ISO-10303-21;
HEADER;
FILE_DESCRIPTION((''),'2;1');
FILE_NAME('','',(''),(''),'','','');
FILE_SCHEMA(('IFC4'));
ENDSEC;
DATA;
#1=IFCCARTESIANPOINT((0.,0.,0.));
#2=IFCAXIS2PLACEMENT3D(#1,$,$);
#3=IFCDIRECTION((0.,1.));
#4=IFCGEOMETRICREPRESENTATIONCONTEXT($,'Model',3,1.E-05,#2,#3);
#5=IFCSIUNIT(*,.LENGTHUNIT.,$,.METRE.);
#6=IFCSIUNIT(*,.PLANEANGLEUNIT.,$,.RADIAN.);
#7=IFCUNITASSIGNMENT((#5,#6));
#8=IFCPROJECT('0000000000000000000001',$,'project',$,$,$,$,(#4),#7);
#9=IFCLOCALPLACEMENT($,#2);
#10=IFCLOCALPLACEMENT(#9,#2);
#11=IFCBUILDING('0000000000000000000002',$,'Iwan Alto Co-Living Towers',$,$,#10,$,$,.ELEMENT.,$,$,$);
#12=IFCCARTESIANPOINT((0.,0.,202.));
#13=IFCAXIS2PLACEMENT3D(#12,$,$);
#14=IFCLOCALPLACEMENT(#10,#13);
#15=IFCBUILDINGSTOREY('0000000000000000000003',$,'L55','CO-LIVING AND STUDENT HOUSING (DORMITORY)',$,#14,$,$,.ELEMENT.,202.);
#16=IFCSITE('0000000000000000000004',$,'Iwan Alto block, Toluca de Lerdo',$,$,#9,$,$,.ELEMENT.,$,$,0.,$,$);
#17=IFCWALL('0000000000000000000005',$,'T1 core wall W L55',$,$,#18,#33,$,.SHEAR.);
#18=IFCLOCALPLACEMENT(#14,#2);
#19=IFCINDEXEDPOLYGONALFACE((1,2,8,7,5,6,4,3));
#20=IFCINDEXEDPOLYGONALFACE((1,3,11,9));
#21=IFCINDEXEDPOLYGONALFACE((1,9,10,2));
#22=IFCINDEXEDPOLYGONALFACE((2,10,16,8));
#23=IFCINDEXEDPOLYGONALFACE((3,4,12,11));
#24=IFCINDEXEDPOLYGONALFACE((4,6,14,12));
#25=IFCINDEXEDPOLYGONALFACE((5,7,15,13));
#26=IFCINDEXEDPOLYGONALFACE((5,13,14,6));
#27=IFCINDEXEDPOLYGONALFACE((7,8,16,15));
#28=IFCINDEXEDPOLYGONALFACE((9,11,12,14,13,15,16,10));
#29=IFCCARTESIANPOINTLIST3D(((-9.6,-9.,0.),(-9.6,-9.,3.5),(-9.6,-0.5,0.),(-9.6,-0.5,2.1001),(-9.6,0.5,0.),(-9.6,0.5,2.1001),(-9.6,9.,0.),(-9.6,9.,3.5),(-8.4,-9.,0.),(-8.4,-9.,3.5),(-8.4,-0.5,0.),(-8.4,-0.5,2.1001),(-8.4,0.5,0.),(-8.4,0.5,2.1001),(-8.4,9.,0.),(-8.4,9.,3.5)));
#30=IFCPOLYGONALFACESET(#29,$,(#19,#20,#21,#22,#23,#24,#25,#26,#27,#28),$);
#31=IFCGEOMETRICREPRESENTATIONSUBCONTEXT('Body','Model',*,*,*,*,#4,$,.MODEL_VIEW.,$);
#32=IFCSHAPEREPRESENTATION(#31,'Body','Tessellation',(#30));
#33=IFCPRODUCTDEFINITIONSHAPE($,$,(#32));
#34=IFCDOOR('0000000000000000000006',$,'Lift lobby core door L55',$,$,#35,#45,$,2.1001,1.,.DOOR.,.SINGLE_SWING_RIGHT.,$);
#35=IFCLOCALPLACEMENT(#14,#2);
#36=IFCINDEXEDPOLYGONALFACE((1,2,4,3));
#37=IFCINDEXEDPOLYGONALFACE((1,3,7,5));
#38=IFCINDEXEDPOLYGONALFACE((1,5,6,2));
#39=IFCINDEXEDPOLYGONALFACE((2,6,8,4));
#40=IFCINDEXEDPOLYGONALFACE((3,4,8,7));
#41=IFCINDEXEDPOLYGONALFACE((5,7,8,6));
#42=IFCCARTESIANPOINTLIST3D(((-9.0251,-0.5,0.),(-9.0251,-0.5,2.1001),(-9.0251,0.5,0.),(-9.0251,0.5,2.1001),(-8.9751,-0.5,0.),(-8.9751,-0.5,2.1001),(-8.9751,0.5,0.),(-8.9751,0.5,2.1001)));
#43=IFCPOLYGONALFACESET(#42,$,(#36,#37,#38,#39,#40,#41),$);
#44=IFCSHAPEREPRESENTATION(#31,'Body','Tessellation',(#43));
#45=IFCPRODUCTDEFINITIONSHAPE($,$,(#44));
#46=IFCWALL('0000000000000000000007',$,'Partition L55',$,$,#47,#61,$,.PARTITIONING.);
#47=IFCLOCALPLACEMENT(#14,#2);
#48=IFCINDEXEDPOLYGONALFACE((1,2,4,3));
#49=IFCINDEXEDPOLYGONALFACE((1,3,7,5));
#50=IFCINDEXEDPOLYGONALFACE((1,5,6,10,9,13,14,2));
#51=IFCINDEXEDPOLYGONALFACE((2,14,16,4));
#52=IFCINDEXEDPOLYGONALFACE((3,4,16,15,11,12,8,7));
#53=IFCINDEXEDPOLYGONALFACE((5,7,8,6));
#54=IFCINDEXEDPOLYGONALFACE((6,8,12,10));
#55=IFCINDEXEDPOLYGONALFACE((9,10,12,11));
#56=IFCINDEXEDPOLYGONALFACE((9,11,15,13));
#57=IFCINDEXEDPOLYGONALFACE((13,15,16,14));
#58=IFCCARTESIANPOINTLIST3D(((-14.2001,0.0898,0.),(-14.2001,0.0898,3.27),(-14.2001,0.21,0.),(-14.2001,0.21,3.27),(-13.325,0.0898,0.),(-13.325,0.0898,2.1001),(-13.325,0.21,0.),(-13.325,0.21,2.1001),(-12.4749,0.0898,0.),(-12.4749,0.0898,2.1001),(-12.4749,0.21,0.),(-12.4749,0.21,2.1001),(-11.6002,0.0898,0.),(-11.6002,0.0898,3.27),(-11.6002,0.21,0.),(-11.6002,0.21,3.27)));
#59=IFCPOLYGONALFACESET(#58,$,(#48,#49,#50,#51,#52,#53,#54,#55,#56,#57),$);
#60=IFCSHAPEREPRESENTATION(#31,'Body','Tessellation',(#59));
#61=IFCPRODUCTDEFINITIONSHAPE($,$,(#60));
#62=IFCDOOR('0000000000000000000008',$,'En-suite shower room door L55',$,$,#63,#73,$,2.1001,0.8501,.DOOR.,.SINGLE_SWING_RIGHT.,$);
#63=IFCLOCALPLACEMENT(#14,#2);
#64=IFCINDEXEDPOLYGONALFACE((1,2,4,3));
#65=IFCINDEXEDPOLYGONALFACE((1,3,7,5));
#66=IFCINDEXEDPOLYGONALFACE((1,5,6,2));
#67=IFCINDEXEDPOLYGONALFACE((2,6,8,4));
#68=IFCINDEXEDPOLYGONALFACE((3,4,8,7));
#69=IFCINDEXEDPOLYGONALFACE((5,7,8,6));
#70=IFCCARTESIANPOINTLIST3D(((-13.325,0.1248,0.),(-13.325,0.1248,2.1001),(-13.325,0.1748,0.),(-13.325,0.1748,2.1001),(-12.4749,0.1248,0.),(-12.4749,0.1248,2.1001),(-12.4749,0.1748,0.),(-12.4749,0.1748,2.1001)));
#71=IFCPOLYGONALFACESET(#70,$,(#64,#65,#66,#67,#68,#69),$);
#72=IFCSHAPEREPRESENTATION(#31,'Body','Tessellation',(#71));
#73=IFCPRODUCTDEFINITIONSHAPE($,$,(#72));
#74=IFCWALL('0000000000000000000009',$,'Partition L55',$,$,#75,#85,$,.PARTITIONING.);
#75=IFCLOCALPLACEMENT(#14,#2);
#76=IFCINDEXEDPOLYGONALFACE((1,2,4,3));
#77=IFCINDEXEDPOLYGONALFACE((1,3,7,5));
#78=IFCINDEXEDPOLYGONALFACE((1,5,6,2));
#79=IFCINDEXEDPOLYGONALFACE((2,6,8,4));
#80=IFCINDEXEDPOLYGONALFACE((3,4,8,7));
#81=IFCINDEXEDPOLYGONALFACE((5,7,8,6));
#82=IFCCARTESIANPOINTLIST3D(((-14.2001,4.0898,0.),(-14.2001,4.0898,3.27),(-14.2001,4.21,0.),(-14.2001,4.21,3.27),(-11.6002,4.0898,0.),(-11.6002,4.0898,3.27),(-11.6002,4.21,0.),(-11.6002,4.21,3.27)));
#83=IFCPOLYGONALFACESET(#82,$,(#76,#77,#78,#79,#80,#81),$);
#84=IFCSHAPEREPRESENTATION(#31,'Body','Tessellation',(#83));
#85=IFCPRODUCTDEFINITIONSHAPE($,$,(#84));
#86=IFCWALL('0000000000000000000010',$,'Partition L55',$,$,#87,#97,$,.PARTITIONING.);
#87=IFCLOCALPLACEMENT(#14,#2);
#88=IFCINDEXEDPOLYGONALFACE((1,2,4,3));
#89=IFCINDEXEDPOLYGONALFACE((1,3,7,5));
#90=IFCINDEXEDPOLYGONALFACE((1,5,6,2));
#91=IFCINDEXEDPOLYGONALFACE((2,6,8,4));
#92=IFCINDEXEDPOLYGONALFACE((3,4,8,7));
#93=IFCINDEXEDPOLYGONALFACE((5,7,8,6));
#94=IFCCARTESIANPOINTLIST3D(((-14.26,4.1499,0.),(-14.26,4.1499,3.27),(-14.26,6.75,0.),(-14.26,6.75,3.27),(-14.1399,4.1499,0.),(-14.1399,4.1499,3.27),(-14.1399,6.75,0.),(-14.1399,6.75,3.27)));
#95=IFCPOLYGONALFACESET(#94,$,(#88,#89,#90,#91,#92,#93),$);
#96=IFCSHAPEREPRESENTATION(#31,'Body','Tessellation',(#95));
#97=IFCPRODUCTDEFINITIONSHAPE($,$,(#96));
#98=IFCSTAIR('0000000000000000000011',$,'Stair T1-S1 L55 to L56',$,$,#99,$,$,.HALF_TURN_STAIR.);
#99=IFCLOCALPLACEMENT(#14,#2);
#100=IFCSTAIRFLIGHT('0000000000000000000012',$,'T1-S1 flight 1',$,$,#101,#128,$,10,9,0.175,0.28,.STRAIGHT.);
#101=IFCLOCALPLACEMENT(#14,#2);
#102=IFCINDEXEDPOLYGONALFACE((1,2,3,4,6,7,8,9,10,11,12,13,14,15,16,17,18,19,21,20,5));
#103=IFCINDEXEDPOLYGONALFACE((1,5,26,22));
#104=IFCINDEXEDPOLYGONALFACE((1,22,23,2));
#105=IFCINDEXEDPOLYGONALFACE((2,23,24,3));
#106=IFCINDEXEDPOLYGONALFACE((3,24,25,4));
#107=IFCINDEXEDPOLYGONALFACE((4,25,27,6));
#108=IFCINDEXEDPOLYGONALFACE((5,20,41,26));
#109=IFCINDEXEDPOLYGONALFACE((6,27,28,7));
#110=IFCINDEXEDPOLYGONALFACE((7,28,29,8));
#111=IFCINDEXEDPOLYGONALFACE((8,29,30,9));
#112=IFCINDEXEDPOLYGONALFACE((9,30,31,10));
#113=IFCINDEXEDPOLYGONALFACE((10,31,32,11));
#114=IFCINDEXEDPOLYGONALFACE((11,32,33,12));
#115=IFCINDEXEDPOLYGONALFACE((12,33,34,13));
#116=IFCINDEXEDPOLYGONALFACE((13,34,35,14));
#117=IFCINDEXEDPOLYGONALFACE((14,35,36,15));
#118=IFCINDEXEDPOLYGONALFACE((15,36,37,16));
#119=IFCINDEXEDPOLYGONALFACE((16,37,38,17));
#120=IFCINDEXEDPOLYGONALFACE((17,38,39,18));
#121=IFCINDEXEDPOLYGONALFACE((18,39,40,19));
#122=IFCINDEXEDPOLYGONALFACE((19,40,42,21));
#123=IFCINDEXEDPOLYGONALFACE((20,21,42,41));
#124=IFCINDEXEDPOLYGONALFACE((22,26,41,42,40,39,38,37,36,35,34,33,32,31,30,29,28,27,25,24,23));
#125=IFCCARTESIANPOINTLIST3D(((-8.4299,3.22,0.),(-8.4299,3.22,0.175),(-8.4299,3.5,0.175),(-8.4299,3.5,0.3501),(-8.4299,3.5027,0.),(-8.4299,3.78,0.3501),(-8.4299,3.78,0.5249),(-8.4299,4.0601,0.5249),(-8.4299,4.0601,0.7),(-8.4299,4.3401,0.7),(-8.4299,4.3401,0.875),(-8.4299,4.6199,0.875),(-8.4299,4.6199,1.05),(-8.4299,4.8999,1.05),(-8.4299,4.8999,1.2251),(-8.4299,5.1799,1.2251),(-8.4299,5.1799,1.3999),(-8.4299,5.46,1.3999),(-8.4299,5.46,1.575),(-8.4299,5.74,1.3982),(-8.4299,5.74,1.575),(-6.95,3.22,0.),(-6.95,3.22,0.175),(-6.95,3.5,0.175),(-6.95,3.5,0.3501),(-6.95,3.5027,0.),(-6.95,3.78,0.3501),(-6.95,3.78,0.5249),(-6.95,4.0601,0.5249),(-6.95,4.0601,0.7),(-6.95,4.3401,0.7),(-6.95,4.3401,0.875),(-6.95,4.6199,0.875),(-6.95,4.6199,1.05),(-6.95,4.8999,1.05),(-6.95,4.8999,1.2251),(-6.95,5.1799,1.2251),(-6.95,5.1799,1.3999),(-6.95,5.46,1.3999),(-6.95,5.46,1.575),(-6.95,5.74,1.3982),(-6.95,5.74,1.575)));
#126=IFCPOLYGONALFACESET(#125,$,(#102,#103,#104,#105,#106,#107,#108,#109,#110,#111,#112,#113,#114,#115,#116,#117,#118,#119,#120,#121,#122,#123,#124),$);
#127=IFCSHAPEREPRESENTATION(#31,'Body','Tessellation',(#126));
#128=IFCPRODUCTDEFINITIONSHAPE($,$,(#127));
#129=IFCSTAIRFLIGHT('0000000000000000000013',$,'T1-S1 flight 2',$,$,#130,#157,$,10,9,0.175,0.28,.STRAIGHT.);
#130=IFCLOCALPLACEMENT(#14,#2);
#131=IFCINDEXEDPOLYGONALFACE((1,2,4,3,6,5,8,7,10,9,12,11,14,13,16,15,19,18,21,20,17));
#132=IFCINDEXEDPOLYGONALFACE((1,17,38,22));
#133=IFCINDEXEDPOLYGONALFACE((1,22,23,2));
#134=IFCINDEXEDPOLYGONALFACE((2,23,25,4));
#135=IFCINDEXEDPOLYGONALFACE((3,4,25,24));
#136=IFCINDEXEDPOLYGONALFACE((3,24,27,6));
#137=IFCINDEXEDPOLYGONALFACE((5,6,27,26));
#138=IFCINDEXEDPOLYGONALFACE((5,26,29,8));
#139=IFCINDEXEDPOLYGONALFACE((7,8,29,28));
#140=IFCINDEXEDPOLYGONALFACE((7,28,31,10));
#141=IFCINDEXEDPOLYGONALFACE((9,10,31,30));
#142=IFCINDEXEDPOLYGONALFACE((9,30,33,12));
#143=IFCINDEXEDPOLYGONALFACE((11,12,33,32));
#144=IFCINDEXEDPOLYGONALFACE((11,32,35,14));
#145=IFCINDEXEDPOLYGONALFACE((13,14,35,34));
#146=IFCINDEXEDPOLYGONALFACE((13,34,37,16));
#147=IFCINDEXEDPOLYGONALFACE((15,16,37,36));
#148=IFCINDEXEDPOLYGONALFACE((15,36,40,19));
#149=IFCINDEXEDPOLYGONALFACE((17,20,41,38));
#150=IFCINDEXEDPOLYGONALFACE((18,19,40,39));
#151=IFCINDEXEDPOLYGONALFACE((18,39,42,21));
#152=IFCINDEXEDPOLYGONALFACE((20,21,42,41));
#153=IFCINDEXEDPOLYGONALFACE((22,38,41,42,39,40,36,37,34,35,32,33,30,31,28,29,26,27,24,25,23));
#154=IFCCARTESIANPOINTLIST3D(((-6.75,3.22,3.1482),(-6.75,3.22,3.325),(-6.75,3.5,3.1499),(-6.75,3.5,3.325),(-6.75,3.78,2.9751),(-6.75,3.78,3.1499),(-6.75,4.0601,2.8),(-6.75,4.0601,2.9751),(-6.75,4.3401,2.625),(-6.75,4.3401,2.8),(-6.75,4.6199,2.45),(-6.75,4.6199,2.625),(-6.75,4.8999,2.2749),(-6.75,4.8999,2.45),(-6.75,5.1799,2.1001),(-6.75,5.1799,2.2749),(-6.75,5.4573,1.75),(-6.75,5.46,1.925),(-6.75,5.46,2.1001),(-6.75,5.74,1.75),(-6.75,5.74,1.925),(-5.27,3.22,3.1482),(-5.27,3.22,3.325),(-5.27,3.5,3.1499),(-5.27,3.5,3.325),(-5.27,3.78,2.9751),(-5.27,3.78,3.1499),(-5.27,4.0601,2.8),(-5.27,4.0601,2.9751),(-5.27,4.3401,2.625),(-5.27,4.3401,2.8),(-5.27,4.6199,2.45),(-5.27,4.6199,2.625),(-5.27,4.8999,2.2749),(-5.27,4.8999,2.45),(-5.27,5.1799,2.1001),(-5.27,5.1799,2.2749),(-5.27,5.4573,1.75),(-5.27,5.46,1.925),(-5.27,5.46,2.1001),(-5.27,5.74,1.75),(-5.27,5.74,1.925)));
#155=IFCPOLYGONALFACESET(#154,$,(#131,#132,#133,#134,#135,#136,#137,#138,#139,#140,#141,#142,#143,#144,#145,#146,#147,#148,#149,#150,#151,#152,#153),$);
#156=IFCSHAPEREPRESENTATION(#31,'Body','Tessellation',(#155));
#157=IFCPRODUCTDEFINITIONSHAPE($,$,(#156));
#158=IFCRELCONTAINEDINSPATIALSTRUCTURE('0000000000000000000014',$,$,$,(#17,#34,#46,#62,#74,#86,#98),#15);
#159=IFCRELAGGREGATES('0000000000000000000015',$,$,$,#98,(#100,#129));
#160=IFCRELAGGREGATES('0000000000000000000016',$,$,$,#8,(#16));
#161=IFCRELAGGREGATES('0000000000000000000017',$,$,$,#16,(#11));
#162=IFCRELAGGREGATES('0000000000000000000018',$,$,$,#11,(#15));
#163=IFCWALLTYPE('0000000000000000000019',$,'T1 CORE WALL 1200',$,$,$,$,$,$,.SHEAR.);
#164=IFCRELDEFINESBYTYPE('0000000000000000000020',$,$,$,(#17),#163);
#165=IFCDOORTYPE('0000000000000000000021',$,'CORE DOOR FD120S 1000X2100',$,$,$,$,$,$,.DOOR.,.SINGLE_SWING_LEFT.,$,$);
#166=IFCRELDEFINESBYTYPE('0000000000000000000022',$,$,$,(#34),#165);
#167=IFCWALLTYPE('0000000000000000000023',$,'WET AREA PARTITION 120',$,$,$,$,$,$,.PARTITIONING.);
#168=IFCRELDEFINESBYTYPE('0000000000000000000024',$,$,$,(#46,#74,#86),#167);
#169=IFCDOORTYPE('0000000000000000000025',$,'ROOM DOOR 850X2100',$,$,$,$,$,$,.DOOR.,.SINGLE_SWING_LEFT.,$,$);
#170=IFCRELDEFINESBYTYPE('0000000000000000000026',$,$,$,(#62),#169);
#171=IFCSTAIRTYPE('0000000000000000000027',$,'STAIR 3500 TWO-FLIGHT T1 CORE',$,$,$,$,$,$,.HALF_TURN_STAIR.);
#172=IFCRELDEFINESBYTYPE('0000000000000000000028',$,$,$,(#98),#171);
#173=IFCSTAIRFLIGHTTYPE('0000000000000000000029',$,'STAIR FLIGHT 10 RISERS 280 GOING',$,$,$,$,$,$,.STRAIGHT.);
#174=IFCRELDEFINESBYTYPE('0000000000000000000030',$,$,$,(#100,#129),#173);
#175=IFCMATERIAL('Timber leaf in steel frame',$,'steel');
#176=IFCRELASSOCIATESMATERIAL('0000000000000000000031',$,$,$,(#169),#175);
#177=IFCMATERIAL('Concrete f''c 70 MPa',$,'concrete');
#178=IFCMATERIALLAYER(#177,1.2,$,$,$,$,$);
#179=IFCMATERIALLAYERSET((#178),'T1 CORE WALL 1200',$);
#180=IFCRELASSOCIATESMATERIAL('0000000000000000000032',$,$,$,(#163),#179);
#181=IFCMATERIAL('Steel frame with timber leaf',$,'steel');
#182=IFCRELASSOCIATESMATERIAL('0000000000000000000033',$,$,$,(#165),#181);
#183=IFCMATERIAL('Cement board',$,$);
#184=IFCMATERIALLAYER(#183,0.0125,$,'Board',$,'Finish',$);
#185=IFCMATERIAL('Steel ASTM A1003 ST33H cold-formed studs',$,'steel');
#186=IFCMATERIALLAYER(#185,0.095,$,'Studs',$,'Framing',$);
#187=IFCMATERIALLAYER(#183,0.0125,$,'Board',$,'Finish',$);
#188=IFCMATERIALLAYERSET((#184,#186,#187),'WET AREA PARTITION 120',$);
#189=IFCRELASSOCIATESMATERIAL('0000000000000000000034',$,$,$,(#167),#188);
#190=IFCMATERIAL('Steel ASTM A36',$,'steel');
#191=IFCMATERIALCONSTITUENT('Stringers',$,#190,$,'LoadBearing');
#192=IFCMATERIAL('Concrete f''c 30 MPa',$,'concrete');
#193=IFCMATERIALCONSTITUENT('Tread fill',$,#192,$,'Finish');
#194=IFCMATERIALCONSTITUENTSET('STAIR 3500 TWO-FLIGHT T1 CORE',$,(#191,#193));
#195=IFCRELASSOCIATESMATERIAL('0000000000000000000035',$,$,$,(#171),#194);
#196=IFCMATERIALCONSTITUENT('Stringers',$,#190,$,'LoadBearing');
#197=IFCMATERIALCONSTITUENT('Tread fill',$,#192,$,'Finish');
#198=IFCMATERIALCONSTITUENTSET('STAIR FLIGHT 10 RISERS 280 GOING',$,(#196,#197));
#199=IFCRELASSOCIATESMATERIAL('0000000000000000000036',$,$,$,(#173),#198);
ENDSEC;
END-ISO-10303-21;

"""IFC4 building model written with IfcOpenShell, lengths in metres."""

from ifc_helpers import new_model, si_unit, direction, frame, frame_2d, origin, place, context, subcontext, project, spatial, polyline, rectangle, outline, extrude, material, layer, layer_set, constituent, constituent_set, type_object, element, fill, aggregate, save


model = new_model("IFC4")

# Units and contexts
model_context = context("Model", 3, precision=1e-05, world=origin(), true_north=direction((0.0, 1.0)))
body_context = subcontext(model_context, "Body", "Model", "MODEL_VIEW")
ifc_project = project(units=[si_unit("LENGTHUNIT", "METRE"), si_unit("PLANEANGLEUNIT", "RADIAN")], contexts=[model_context])

# Site, building, storey
site_placement = place(None, origin())
site = spatial("IfcSite", under=ifc_project, at=site_placement, Name="Iwan Alto block, Toluca de Lerdo", CompositionType="ELEMENT", RefElevation=0.0)
building_placement = place(site_placement, origin())
building = spatial("IfcBuilding", under=site, at=building_placement, Name="Iwan Alto Co-Living Towers", CompositionType="ELEMENT")
storey_placement = place(building_placement, frame((0.0, 0.0, 202.0)))
storey = spatial("IfcBuildingStorey", under=building, at=storey_placement, Name="L55", Description="CO-LIVING AND STUDENT HOUSING (DORMITORY)", CompositionType="ELEMENT", Elevation=202.0)

# Shared definitions
ifc_material_1 = material(Name="Steel ASTM A1003 ST33H cold-formed studs", Category="steel")
ifc_material_2 = material(Name="Timber leaf in steel frame", Category="steel")
door_type_1 = type_object("IfcDoorType", Name="ROOM DOOR 850X2100", OperationType="SINGLE_SWING_LEFT", PredefinedType="DOOR", material=ifc_material_2)

# Walls, openings, doors
ifc_material_3 = material(Name="Concrete f'c 70 MPa", Category="concrete")
ifc_layer_1 = layer(ifc_material_3, 1.2)
ifc_layer_set_1 = layer_set([ifc_layer_1], Name="T1 CORE WALL 1200")
wall_type_1 = type_object("IfcWallType", Name="T1 CORE WALL 1200", PredefinedType="SHEAR", material=ifc_layer_set_1)
wall_1_placement = place(storey_placement, frame((-9.0, 9.0, 0.0), z_axis=(0.0, 0.0, 1.0), x_axis=(0.0, -1.0, 0.0)))
wall_1 = element("IfcWall", 1, at=wall_1_placement, inside=storey, type_object=wall_type_1, Name="T1 core wall W L55", PredefinedType="SHEAR", context=body_context, shape_type="SweptSolid", body=[
    extrude(rectangle(XDim=18.0, YDim=1.2, at=frame_2d((9.0, 0.0))), origin(), (0.0, 0.0, 1.0), 3.5),
])
opening_1_placement = place(wall_1_placement, frame((8.5, 0.0, 0.0)))
opening_1 = element("IfcOpeningElement", 2, at=opening_1_placement, cuts=wall_1, PredefinedType="OPENING", context=body_context, shape_type="SweptSolid", body=[
    extrude(rectangle(XDim=1.0, YDim=2.1001, at=frame_2d((0.5, 1.05))), frame((0.0, 0.6099, 0.0), z_axis=(0.0, -1.0, 0.0), x_axis=(1.0, 0.0, 0.0)), (0.0, 0.0, 1.0), 1.22),
])
ifc_material_4 = material(Name="Steel frame with timber leaf", Category="steel")
door_type_2 = type_object("IfcDoorType", Name="CORE DOOR FD120S 1000X2100", OperationType="SINGLE_SWING_LEFT", PredefinedType="DOOR", material=ifc_material_4)
door_1_placement = place(opening_1_placement, origin())
door_1 = element("IfcDoor", 3, at=door_1_placement, inside=storey, type_object=door_type_2, Name="Lift lobby core door L55", OperationType="SINGLE_SWING_RIGHT", OverallHeight=2.1001, OverallWidth=1.0, PredefinedType="DOOR", context=body_context, shape_type="SweptSolid", body=[
    extrude(rectangle(XDim=1.0, YDim=2.1001, at=frame_2d((0.5, 1.05))), frame((0.0, 0.0249, 0.0), z_axis=(0.0, -1.0, 0.0), x_axis=(1.0, 0.0, 0.0)), (0.0, 0.0, 1.0), 0.05),
])
fill(opening_1, door_1)
ifc_material_5 = material(Name="Cement board")
ifc_layer_2 = layer(ifc_material_5, 0.0125, Name="Board", Category="Finish")
ifc_layer_3 = layer(ifc_material_1, 0.095, Name="Studs", Category="Framing")
ifc_layer_4 = layer(ifc_material_5, 0.0125, Name="Board", Category="Finish")
ifc_layer_set_2 = layer_set([ifc_layer_2, ifc_layer_3, ifc_layer_4], Name="WET AREA PARTITION 120")
wall_type_2 = type_object("IfcWallType", Name="WET AREA PARTITION 120", PredefinedType="PARTITIONING", material=ifc_layer_set_2)
wall_2_placement = place(storey_placement, frame((-14.2, 0.1499, 0.0), z_axis=(0.0, 0.0, 1.0), x_axis=(1.0, 0.0, 0.0)))
wall_2 = element("IfcWall", 4, at=wall_2_placement, inside=storey, type_object=wall_type_2, Name="Partition L55", PredefinedType="PARTITIONING", context=body_context, shape_type="SweptSolid", body=[
    extrude(rectangle(XDim=2.5999, YDim=0.1201, at=frame_2d((1.2998, 0.0))), origin(), (0.0, 0.0, 1.0), 3.27),
])
opening_2_placement = place(wall_2_placement, frame((0.875, 0.0, 0.0)))
opening_2 = element("IfcOpeningElement", 5, at=opening_2_placement, cuts=wall_2, PredefinedType="OPENING", context=body_context, shape_type="SweptSolid", body=[
    extrude(rectangle(XDim=0.8501, YDim=2.1001, at=frame_2d((0.425, 1.05))), frame((0.0, 0.0701, 0.0), z_axis=(0.0, -1.0, 0.0), x_axis=(1.0, 0.0, 0.0)), (0.0, 0.0, 1.0), 0.1401),
])
door_2_placement = place(opening_2_placement, origin())
door_2 = element("IfcDoor", 6, at=door_2_placement, inside=storey, type_object=door_type_1, Name="En-suite shower room door L55", OperationType="SINGLE_SWING_RIGHT", OverallHeight=2.1001, OverallWidth=0.8501, PredefinedType="DOOR", context=body_context, shape_type="SweptSolid", body=[
    extrude(rectangle(XDim=0.8501, YDim=2.1001, at=frame_2d((0.425, 1.05))), frame((0.0, 0.0249, 0.0), z_axis=(0.0, -1.0, 0.0), x_axis=(1.0, 0.0, 0.0)), (0.0, 0.0, 1.0), 0.05),
])
fill(opening_2, door_2)

# Walls
wall_3_placement = place(storey_placement, frame((-14.2, 4.1499, 0.0), z_axis=(0.0, 0.0, 1.0), x_axis=(1.0, 0.0, 0.0)))
element("IfcWall", 7, at=wall_3_placement, inside=storey, type_object=wall_type_2, Name="Partition L55", PredefinedType="PARTITIONING", context=body_context, shape_type="SweptSolid", body=[
    extrude(rectangle(XDim=2.5999, YDim=0.1201, at=frame_2d((1.2998, 0.0))), origin(), (0.0, 0.0, 1.0), 3.27),
])
wall_4_placement = place(storey_placement, frame((-14.2, 4.1499, 0.0), z_axis=(0.0, 0.0, 1.0), x_axis=(0.0, 1.0, 0.0)))
element("IfcWall", 8, at=wall_4_placement, inside=storey, type_object=wall_type_2, Name="Partition L55", PredefinedType="PARTITIONING", context=body_context, shape_type="SweptSolid", body=[
    extrude(rectangle(XDim=2.6001, YDim=0.1201, at=frame_2d((1.3, 0.0))), origin(), (0.0, 0.0, 1.0), 3.27),
])

# Stair, stair flights
ifc_material_6 = material(Name="Steel ASTM A36", Category="steel")
ifc_constituent_1 = constituent(ifc_material_6, Name="Stringers", Category="LoadBearing")
ifc_material_7 = material(Name="Concrete f'c 30 MPa", Category="concrete")
ifc_constituent_2 = constituent(ifc_material_7, Name="Tread fill", Category="Finish")
ifc_constituent_set_1 = constituent_set(constituents=[ifc_constituent_1, ifc_constituent_2], Name="STAIR 3500 TWO-FLIGHT T1 CORE")
stair_type = type_object("IfcStairType", Name="STAIR 3500 TWO-FLIGHT T1 CORE", PredefinedType="HALF_TURN_STAIR", material=ifc_constituent_set_1)
stair_placement = place(storey_placement, origin())
stair = element("IfcStair", 9, at=stair_placement, inside=storey, type_object=stair_type, Name="Stair T1-S1 L55 to L56", PredefinedType="HALF_TURN_STAIR")
ifc_constituent_3 = constituent(ifc_material_6, Name="Stringers", Category="LoadBearing")
ifc_constituent_4 = constituent(ifc_material_7, Name="Tread fill", Category="Finish")
ifc_constituent_set_2 = constituent_set(constituents=[ifc_constituent_3, ifc_constituent_4], Name="STAIR FLIGHT 10 RISERS 280 GOING")
stair_flight_type = type_object("IfcStairFlightType", Name="STAIR FLIGHT 10 RISERS 280 GOING", PredefinedType="STRAIGHT", material=ifc_constituent_set_2)
stair_flight_1_placement = place(storey_placement, frame((-7.6899, 3.22, 0.0), z_axis=(0.0, 0.0, 1.0), x_axis=(0.0, 1.0, 0.0)))
stair_flight_1 = element("IfcStairFlight", 10, at=stair_flight_1_placement, type_object=stair_flight_type, Name="T1-S1 flight 1", NumberOfRisers=10, NumberOfTreads=9, PredefinedType="STRAIGHT", RiserHeight=0.175, TreadLength=0.28, context=body_context, shape_type="SweptSolid", body=[
    extrude(outline(polyline([(0.0, 0.0), (0.0, 0.175), (0.28, 0.175), (0.28, 0.3501), (0.5601, 0.3501), (0.5601, 0.5249), (0.8401, 0.5249), (0.8401, 0.7), (1.1201, 0.7), (1.1201, 0.875), (1.3999, 0.875), (1.3999, 1.05), (1.6799, 1.05), (1.6799, 1.2251), (1.96, 1.2251), (1.96, 1.3999), (2.24, 1.3999), (2.24, 1.575), (2.52, 1.575), (2.52, 1.75), (2.52, 1.3982), (0.2827, 0.0), (0.0, 0.0)])), frame((0.0, 0.74, 0.0), z_axis=(0.0, -1.0, 0.0), x_axis=(1.0, 0.0, 0.0)), (0.0, 0.0, 1.0), 1.48),
])
stair_flight_2_placement = place(storey_placement, frame((-6.01, 5.74, 1.75), z_axis=(0.0, 0.0, 1.0), x_axis=(0.0, -1.0, 0.0)))
stair_flight_2 = element("IfcStairFlight", 11, at=stair_flight_2_placement, type_object=stair_flight_type, Name="T1-S1 flight 2", NumberOfRisers=10, NumberOfTreads=9, PredefinedType="STRAIGHT", RiserHeight=0.175, TreadLength=0.28, context=body_context, shape_type="SweptSolid", body=[
    extrude(outline(polyline([(0.0, 0.0), (0.0, 0.175), (0.28, 0.175), (0.28, 0.3501), (0.5601, 0.3501), (0.5601, 0.5249), (0.8401, 0.5249), (0.8401, 0.7), (1.1201, 0.7), (1.1201, 0.875), (1.3999, 0.875), (1.3999, 1.05), (1.6799, 1.05), (1.6799, 1.2251), (1.96, 1.2251), (1.96, 1.3999), (2.24, 1.3999), (2.24, 1.575), (2.52, 1.575), (2.52, 1.75), (2.52, 1.3982), (0.2827, 0.0), (0.0, 0.0)])), frame((0.0, 0.74, 0.0), z_axis=(0.0, -1.0, 0.0), x_axis=(1.0, 0.0, 0.0)), (0.0, 0.0, 1.0), 1.48),
])
aggregate(stair, [stair_flight_1, stair_flight_2])

save(model, "model.ifc")
